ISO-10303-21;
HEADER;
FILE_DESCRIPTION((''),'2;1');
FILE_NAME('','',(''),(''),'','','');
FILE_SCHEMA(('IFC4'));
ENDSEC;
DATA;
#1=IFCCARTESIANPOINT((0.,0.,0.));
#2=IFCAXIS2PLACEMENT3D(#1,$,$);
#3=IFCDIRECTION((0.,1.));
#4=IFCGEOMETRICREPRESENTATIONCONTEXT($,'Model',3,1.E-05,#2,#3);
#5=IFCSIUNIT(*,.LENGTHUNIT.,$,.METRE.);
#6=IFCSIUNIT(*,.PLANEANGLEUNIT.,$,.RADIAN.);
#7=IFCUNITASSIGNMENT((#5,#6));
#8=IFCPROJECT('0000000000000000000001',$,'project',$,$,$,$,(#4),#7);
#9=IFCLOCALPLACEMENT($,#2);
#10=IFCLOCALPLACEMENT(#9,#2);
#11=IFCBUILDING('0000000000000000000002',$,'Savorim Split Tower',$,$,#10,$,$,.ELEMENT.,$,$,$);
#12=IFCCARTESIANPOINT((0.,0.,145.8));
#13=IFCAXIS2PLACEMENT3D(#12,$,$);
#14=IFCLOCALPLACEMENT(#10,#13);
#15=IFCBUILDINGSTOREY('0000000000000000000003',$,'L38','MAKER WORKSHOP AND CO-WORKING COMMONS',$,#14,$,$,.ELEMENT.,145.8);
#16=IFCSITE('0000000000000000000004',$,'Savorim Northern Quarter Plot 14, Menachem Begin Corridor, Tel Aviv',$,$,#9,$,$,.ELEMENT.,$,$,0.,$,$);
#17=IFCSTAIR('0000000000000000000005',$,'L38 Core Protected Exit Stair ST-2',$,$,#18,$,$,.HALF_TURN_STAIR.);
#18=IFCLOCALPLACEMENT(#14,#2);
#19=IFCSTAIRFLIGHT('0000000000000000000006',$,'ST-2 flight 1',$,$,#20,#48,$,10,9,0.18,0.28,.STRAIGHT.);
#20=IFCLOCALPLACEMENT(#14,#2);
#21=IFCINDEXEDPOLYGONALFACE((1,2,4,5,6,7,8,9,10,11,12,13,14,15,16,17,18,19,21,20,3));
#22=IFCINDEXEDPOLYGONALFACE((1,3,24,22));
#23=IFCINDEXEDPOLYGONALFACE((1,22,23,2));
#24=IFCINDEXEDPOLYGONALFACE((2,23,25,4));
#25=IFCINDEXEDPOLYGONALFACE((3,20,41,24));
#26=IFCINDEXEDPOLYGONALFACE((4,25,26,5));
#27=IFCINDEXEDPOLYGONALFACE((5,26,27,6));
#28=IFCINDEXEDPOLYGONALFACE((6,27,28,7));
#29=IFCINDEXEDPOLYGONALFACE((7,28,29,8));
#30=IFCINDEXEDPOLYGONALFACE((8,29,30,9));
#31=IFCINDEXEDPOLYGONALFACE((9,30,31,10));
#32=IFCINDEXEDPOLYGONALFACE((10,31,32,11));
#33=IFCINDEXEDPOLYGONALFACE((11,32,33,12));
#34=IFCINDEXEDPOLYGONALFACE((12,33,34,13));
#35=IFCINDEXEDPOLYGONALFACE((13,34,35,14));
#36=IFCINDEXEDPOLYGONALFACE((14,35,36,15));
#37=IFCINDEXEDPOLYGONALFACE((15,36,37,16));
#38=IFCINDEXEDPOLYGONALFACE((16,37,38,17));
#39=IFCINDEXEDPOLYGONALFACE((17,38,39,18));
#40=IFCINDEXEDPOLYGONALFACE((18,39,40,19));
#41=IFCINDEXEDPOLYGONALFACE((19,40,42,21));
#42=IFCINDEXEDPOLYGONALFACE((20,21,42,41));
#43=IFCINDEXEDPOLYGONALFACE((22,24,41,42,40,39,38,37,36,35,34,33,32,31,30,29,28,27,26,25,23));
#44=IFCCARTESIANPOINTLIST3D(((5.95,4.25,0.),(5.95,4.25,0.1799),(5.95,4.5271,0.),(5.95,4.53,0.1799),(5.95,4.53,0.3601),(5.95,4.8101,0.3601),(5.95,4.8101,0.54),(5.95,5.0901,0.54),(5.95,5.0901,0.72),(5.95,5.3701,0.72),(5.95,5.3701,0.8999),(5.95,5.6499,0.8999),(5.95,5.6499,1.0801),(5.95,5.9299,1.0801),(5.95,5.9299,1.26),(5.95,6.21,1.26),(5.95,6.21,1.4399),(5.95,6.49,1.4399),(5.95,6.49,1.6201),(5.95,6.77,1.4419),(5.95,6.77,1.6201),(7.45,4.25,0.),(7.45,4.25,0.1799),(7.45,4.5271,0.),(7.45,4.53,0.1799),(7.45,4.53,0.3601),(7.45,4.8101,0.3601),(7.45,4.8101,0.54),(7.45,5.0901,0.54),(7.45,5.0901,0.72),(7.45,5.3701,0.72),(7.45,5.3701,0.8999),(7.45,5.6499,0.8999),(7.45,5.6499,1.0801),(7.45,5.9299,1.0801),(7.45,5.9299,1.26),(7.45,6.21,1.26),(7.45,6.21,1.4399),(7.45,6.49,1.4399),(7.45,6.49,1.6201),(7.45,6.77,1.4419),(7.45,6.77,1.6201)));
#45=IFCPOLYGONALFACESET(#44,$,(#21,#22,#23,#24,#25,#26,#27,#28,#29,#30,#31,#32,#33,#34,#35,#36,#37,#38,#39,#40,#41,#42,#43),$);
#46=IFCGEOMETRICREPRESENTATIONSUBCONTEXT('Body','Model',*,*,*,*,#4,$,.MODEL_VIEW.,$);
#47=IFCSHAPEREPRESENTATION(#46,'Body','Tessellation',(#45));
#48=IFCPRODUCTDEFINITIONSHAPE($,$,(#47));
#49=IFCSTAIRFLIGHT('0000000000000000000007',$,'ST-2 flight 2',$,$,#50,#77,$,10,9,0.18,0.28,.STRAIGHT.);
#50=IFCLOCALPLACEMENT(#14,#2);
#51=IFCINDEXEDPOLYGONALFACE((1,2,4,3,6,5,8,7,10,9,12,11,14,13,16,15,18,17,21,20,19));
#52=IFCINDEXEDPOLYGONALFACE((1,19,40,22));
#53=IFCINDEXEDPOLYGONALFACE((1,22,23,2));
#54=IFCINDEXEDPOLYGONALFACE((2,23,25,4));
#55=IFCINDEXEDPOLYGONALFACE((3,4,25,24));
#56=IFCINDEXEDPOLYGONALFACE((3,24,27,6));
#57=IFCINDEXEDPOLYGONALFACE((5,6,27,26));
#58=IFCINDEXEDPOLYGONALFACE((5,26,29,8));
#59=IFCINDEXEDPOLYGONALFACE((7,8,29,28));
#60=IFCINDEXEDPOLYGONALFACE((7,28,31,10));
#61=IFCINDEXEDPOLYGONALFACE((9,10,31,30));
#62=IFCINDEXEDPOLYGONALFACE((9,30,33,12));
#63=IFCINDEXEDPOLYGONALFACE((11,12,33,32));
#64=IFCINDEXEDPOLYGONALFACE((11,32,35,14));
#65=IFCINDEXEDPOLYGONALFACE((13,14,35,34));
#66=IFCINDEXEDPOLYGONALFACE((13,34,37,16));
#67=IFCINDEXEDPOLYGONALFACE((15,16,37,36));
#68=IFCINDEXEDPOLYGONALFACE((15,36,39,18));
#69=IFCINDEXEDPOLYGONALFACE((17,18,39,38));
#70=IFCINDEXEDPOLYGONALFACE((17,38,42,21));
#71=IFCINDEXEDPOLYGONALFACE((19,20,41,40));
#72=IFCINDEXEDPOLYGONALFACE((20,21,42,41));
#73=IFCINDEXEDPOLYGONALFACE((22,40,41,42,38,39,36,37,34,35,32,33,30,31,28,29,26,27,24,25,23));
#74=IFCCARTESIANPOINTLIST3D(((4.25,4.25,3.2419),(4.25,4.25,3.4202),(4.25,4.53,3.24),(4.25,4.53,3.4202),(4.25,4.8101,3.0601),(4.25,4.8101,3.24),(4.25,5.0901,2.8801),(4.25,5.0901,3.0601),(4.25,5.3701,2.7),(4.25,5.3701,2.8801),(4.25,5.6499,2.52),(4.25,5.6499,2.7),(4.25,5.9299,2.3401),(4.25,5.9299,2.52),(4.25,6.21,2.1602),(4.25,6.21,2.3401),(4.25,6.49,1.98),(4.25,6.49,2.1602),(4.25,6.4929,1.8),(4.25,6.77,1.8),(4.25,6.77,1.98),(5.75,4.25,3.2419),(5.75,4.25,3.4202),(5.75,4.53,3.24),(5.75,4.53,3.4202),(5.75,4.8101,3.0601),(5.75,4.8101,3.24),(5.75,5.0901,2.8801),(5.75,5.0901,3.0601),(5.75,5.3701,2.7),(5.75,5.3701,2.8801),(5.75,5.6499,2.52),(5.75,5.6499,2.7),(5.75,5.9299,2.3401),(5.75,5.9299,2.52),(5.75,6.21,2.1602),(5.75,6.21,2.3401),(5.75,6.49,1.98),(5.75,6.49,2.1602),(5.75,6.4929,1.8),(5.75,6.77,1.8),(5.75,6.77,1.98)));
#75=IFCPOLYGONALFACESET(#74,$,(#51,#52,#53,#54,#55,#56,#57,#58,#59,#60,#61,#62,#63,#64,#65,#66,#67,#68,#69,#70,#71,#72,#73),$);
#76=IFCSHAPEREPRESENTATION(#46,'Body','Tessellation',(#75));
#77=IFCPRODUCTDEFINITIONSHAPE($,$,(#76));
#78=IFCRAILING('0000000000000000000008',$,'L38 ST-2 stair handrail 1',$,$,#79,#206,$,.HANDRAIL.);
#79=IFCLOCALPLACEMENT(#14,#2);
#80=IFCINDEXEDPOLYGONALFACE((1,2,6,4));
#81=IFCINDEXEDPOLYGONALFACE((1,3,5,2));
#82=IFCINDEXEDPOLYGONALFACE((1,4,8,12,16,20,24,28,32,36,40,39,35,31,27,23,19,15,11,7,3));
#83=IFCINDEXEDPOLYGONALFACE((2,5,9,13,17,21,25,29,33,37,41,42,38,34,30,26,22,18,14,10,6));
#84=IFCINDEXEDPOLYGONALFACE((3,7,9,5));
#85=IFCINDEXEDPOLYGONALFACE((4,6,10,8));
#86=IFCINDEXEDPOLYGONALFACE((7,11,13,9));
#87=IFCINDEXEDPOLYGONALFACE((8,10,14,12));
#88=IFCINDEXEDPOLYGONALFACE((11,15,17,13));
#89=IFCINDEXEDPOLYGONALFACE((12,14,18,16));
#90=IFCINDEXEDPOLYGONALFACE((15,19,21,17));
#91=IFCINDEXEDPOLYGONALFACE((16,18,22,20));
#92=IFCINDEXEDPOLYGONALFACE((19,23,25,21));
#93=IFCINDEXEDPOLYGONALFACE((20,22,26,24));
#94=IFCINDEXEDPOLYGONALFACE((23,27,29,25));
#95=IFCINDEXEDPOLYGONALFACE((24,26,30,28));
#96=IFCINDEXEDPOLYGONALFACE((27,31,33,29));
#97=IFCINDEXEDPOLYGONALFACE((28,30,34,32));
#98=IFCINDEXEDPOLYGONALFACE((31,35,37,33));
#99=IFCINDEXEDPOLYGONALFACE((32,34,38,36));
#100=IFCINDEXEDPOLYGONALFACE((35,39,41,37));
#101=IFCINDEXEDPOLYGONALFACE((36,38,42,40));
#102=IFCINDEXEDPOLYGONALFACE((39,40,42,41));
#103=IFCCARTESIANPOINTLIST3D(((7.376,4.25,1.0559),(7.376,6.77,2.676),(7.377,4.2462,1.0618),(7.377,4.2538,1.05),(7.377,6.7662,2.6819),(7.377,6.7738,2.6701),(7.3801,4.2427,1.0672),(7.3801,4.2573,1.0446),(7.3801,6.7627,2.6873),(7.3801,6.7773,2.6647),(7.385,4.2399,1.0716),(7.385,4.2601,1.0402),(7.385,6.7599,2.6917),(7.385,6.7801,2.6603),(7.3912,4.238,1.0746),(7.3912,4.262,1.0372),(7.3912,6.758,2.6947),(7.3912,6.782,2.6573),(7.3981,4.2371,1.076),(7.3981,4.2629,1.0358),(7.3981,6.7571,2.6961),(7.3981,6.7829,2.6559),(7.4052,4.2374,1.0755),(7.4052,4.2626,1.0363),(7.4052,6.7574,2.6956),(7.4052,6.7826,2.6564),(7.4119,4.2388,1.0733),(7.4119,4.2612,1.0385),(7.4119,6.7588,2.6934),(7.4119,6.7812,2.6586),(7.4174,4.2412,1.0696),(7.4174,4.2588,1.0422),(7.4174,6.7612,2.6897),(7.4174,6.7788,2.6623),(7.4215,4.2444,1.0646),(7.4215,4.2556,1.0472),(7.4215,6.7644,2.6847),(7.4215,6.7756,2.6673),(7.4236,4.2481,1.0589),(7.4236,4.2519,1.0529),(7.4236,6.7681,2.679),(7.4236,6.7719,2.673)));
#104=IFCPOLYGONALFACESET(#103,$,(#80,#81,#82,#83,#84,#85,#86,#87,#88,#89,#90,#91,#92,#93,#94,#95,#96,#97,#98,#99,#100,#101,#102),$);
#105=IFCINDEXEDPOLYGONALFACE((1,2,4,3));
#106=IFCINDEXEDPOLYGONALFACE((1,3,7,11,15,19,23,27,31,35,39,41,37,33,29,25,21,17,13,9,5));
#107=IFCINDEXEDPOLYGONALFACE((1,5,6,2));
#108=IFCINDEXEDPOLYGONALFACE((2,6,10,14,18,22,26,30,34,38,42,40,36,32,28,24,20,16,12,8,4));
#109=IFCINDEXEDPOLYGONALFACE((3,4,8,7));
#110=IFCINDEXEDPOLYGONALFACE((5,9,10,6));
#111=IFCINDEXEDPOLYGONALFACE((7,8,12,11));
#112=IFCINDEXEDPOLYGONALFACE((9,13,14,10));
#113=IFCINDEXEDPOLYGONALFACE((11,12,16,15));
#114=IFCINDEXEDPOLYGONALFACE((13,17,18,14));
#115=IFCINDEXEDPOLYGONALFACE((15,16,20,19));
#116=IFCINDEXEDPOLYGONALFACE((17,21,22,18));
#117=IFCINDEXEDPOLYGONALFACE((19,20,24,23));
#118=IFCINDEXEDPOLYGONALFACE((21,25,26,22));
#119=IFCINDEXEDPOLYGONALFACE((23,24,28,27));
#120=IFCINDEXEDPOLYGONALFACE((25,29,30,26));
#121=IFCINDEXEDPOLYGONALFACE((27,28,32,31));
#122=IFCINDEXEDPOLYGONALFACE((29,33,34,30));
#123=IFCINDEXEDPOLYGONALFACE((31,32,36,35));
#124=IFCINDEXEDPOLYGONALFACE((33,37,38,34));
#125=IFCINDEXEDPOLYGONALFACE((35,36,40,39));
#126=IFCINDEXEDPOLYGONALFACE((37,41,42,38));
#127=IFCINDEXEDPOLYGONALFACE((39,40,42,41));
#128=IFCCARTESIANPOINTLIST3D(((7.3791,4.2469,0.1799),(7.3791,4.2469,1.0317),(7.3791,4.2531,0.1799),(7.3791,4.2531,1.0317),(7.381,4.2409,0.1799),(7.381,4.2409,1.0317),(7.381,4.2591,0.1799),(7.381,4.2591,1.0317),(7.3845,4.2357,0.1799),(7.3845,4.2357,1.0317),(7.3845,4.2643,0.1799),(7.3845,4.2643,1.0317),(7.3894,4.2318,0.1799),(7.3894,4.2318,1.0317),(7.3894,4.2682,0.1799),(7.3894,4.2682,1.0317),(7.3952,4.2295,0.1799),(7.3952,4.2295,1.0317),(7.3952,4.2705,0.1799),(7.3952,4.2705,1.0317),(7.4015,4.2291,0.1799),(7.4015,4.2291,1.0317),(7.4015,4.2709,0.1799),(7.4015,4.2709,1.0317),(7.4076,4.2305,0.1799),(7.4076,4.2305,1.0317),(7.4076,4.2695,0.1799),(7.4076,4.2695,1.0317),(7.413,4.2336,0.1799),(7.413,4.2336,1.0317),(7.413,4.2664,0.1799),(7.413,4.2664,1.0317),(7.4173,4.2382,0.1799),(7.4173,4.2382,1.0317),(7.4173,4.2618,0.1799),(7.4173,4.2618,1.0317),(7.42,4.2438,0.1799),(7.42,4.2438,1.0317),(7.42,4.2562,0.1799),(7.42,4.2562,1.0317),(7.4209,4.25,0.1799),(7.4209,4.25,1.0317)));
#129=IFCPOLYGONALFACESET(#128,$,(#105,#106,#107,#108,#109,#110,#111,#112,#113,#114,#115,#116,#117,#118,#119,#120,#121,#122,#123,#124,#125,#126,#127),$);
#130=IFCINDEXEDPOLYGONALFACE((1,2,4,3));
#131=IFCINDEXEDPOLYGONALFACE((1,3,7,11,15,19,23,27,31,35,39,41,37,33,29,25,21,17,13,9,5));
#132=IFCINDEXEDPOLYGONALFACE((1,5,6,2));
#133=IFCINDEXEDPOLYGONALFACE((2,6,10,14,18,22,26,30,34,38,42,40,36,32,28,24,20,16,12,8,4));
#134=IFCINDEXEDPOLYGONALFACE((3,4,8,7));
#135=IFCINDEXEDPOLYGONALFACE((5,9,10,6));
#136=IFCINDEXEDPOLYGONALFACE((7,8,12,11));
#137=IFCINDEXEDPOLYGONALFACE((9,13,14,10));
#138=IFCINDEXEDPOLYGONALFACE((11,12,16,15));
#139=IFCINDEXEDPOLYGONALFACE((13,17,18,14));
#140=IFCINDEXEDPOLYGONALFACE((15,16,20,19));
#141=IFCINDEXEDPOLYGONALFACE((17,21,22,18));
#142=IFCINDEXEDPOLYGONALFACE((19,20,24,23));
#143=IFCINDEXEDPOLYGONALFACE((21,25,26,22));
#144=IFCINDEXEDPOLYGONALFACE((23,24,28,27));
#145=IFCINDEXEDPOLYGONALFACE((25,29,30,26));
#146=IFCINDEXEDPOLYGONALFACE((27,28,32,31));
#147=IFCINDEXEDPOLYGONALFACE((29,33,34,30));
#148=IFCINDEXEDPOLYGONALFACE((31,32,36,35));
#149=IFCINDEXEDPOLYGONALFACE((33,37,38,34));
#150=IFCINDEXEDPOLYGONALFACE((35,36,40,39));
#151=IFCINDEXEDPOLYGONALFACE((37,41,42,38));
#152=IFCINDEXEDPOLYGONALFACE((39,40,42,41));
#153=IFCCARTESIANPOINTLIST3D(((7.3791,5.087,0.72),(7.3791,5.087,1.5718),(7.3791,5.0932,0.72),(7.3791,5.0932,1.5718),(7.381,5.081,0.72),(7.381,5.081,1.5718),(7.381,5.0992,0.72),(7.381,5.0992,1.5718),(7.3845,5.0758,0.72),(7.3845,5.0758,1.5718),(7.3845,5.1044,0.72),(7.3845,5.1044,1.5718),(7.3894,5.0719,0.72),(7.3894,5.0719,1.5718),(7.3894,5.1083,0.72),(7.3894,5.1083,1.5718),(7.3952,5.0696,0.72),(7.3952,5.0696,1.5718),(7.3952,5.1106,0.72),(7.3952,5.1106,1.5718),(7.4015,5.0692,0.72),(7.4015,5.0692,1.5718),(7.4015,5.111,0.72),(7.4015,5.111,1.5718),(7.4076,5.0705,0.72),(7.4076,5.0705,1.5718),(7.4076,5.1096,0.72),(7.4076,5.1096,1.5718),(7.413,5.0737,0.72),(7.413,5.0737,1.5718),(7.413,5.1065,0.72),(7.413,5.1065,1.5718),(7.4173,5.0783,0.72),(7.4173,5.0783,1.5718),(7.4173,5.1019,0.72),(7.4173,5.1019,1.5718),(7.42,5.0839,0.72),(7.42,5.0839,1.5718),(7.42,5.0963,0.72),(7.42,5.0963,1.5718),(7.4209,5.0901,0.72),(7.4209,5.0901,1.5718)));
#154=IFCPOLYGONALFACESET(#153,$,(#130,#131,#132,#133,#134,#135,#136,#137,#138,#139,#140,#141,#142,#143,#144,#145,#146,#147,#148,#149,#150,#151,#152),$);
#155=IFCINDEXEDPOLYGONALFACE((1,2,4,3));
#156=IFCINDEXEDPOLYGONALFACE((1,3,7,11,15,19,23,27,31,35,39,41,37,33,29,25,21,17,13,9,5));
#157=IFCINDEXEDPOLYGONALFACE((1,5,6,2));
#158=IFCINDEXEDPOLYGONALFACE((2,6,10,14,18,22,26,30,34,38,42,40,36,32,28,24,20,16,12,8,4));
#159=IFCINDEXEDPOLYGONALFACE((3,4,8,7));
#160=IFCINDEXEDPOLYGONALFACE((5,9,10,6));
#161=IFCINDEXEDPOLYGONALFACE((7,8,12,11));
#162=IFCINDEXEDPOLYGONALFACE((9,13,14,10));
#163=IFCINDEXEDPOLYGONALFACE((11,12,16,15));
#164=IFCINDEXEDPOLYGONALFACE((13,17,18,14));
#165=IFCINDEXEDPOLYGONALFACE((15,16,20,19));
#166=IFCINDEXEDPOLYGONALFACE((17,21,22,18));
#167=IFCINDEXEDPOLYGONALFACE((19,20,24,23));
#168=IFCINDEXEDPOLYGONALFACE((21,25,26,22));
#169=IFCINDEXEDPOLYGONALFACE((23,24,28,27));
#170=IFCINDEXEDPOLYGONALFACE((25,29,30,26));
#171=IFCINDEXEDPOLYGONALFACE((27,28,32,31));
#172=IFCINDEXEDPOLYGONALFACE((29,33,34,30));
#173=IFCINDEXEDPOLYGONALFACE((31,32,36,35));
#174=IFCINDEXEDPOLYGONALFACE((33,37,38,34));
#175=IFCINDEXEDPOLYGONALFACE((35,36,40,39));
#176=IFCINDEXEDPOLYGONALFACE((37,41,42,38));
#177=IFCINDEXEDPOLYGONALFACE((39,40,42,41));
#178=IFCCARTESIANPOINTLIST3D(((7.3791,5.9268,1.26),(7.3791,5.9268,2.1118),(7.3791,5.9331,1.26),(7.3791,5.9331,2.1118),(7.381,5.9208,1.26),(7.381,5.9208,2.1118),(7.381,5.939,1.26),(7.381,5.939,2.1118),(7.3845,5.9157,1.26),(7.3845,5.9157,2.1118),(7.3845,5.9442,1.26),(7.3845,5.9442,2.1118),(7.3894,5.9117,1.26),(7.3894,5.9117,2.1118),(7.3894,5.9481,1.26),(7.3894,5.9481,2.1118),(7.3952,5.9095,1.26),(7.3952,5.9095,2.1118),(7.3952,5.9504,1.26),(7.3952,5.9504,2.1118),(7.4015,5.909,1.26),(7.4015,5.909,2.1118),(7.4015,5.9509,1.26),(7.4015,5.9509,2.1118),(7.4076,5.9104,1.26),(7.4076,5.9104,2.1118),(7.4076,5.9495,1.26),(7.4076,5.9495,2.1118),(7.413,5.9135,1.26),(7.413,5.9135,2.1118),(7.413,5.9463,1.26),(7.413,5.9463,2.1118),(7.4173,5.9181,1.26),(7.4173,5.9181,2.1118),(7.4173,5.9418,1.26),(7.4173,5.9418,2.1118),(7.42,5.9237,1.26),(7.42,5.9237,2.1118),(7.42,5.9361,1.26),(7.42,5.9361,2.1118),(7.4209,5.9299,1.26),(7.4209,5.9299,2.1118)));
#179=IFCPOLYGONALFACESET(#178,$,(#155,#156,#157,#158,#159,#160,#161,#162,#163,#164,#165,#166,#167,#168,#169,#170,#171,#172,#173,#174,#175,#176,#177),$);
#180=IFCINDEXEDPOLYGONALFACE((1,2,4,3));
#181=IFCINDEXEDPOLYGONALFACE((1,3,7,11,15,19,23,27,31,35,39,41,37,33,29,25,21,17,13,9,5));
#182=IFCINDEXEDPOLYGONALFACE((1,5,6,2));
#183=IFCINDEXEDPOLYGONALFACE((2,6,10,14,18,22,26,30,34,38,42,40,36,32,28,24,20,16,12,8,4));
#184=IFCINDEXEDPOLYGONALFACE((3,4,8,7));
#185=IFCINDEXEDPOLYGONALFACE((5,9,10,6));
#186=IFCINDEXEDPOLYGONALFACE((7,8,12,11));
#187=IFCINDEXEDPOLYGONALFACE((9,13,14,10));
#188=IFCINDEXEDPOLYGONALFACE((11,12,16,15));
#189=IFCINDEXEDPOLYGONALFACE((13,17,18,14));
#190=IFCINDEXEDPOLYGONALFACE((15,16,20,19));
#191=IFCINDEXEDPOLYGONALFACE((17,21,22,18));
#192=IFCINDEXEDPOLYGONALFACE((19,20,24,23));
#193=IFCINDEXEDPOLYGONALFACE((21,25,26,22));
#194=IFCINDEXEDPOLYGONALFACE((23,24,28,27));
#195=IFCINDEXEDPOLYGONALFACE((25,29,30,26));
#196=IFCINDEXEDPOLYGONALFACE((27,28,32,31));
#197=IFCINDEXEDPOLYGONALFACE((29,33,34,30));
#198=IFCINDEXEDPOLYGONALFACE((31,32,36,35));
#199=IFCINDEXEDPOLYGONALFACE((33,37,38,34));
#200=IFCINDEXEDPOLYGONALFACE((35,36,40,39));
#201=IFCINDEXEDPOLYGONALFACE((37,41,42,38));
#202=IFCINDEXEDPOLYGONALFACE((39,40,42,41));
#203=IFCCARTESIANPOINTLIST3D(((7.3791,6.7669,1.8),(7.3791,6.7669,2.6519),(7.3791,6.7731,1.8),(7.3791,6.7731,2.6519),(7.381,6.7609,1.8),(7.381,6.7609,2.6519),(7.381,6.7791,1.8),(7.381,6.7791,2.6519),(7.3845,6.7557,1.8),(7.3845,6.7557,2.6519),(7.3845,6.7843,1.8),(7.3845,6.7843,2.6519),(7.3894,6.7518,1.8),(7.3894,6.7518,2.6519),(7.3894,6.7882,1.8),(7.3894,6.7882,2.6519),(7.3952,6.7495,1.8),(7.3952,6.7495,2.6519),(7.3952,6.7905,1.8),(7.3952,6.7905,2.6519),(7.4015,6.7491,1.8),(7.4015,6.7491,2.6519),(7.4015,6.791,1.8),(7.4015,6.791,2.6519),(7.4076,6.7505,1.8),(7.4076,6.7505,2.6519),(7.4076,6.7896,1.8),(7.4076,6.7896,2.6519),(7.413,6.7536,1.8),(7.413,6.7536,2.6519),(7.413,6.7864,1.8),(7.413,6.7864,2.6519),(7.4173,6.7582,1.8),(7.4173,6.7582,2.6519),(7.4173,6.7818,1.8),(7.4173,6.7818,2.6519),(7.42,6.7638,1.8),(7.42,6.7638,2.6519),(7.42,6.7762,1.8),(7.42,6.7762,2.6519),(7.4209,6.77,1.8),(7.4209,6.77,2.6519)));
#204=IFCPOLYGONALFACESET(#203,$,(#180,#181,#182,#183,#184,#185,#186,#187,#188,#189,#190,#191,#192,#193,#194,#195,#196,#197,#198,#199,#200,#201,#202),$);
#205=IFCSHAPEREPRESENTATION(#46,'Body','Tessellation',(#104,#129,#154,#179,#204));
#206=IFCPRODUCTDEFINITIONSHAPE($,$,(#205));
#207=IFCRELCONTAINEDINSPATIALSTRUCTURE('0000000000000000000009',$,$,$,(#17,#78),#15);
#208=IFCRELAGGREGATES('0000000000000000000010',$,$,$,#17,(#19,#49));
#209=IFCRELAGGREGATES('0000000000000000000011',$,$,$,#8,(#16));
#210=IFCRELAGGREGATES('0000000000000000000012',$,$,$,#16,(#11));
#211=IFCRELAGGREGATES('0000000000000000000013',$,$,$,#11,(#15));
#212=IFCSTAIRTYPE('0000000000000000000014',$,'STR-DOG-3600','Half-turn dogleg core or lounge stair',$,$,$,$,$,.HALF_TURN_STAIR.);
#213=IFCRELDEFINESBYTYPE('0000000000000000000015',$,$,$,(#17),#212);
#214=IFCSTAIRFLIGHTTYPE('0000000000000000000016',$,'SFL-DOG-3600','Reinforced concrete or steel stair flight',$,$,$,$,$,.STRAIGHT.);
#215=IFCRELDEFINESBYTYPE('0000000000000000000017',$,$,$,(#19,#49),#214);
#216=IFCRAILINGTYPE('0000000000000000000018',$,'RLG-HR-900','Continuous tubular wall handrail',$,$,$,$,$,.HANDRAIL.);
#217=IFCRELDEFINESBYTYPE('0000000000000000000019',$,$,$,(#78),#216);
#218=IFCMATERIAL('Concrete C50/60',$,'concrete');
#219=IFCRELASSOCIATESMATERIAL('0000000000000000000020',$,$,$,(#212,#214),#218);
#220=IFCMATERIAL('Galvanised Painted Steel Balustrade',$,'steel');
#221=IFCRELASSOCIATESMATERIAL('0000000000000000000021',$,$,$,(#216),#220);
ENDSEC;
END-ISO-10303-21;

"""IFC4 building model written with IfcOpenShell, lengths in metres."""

from ifc_helpers import new_model, si_unit, direction, frame, origin, origin_2d, place, context, subcontext, project, spatial, polyline, circle, outline, extrude, material, type_object, element, aggregate, save


model = new_model("IFC4")

# Units and contexts
model_context = context("Model", 3, precision=1e-05, world=origin(), true_north=direction((0.0, 1.0)))
body_context = subcontext(model_context, "Body", "Model", "MODEL_VIEW")
ifc_project = project(units=[si_unit("LENGTHUNIT", "METRE"), si_unit("PLANEANGLEUNIT", "RADIAN")], contexts=[model_context])

# Site, building, storey
site_placement = place(None, origin())
site = spatial("IfcSite", under=ifc_project, at=site_placement, Name="Savorim Northern Quarter Plot 14, Menachem Begin Corridor, Tel Aviv", CompositionType="ELEMENT", RefElevation=0.0)
building_placement = place(site_placement, origin())
building = spatial("IfcBuilding", under=site, at=building_placement, Name="Savorim Split Tower", CompositionType="ELEMENT")
storey_placement = place(building_placement, frame((0.0, 0.0, 145.8)))
storey = spatial("IfcBuildingStorey", under=building, at=storey_placement, Name="L38", Description="MAKER WORKSHOP AND CO-WORKING COMMONS", CompositionType="ELEMENT", Elevation=145.8)

# Shared definitions
ifc_material_1 = material(Name="Concrete C50/60", Category="concrete")

# Stair, stair flights
stair_type = type_object("IfcStairType", Name="STR-DOG-3600", Description="Half-turn dogleg core or lounge stair", PredefinedType="HALF_TURN_STAIR", material=ifc_material_1)
stair_placement = place(storey_placement, origin())
stair = element("IfcStair", 1, at=stair_placement, inside=storey, type_object=stair_type, Name="L38 Core Protected Exit Stair ST-2", PredefinedType="HALF_TURN_STAIR")
stair_flight_type = type_object("IfcStairFlightType", Name="SFL-DOG-3600", Description="Reinforced concrete or steel stair flight", PredefinedType="STRAIGHT", material=ifc_material_1)
stair_flight_1_placement = place(storey_placement, frame((6.7, 4.25, 0.0), z_axis=(0.0, 0.0, 1.0), x_axis=(0.0, 1.0, 0.0)))
stair_flight_1 = element("IfcStairFlight", 2, at=stair_flight_1_placement, type_object=stair_flight_type, Name="ST-2 flight 1", NumberOfRisers=10, NumberOfTreads=9, PredefinedType="STRAIGHT", RiserHeight=0.18, TreadLength=0.28, context=body_context, shape_type="SweptSolid", body=[
    extrude(outline(polyline([(0.0, 0.0), (0.0, 0.1799), (0.28, 0.1799), (0.28, 0.3601), (0.5601, 0.3601), (0.5601, 0.54), (0.8401, 0.54), (0.8401, 0.72), (1.1201, 0.72), (1.1201, 0.8999), (1.3999, 0.8999), (1.3999, 1.0801), (1.6799, 1.0801), (1.6799, 1.26), (1.96, 1.26), (1.96, 1.4399), (2.24, 1.4399), (2.24, 1.6201), (2.52, 1.6201), (2.52, 1.8), (2.52, 1.4419), (0.2771, 0.0), (0.0, 0.0)])), frame((0.0, 0.75, 0.0), z_axis=(0.0, -1.0, 0.0), x_axis=(1.0, 0.0, 0.0)), (0.0, 0.0, 1.0), 1.5),
])
stair_flight_2_placement = place(storey_placement, frame((5.0, 6.77, 1.8), z_axis=(0.0, 0.0, 1.0), x_axis=(0.0, -1.0, 0.0)))
stair_flight_2 = element("IfcStairFlight", 3, at=stair_flight_2_placement, type_object=stair_flight_type, Name="ST-2 flight 2", NumberOfRisers=10, NumberOfTreads=9, PredefinedType="STRAIGHT", RiserHeight=0.18, TreadLength=0.28, context=body_context, shape_type="SweptSolid", body=[
    extrude(outline(polyline([(0.0, 0.0), (0.0, 0.1799), (0.28, 0.1799), (0.28, 0.3601), (0.5601, 0.3601), (0.5601, 0.54), (0.8401, 0.54), (0.8401, 0.72), (1.1201, 0.72), (1.1201, 0.8999), (1.3999, 0.8999), (1.3999, 1.0801), (1.6799, 1.0801), (1.6799, 1.26), (1.96, 1.26), (1.96, 1.4399), (2.24, 1.4399), (2.24, 1.6201), (2.52, 1.6201), (2.52, 1.8), (2.52, 1.4419), (0.2771, 0.0), (0.0, 0.0)])), frame((0.0, 0.75, 0.0), z_axis=(0.0, -1.0, 0.0), x_axis=(1.0, 0.0, 0.0)), (0.0, 0.0, 1.0), 1.5),
])
aggregate(stair, [stair_flight_1, stair_flight_2])

# Railing
ifc_material_2 = material(Name="Galvanised Painted Steel Balustrade", Category="steel")
railing_type_1 = type_object("IfcRailingType", Name="RLG-HR-900", Description="Continuous tubular wall handrail", PredefinedType="HANDRAIL", material=ifc_material_2)
railing_1_placement = place(storey_placement, frame((7.3999, 4.25, 0.1799)))
element("IfcRailing", 4, at=railing_1_placement, inside=storey, type_object=railing_type_1, Name="L38 ST-2 stair handrail 1", PredefinedType="HANDRAIL", context=body_context, shape_type="SweptSolid", body=[
    extrude(circle(Radius=0.0239, at=origin_2d()), frame((0.0, 0.0, 0.876), z_axis=(0.0, 0.841163, 0.540782), x_axis=(-1.0, 0.0, 0.0)), (0.0, 0.0, 1.0), 2.9958),
    extrude(circle(Radius=0.021, at=origin_2d()), origin(), (0.0, 0.0, 1.0), 0.8518),
    extrude(circle(Radius=0.021, at=origin_2d()), frame((0.0, 0.8401, 0.54)), (0.0, 0.0, 1.0), 0.8518),
    extrude(circle(Radius=0.021, at=origin_2d()), frame((0.0, 1.6799, 1.0801)), (0.0, 0.0, 1.0), 0.8518),
    extrude(circle(Radius=0.021, at=origin_2d()), frame((0.0, 2.52, 1.6201)), (0.0, 0.0, 1.0), 0.8518),
])

save(model, "model.ifc")
